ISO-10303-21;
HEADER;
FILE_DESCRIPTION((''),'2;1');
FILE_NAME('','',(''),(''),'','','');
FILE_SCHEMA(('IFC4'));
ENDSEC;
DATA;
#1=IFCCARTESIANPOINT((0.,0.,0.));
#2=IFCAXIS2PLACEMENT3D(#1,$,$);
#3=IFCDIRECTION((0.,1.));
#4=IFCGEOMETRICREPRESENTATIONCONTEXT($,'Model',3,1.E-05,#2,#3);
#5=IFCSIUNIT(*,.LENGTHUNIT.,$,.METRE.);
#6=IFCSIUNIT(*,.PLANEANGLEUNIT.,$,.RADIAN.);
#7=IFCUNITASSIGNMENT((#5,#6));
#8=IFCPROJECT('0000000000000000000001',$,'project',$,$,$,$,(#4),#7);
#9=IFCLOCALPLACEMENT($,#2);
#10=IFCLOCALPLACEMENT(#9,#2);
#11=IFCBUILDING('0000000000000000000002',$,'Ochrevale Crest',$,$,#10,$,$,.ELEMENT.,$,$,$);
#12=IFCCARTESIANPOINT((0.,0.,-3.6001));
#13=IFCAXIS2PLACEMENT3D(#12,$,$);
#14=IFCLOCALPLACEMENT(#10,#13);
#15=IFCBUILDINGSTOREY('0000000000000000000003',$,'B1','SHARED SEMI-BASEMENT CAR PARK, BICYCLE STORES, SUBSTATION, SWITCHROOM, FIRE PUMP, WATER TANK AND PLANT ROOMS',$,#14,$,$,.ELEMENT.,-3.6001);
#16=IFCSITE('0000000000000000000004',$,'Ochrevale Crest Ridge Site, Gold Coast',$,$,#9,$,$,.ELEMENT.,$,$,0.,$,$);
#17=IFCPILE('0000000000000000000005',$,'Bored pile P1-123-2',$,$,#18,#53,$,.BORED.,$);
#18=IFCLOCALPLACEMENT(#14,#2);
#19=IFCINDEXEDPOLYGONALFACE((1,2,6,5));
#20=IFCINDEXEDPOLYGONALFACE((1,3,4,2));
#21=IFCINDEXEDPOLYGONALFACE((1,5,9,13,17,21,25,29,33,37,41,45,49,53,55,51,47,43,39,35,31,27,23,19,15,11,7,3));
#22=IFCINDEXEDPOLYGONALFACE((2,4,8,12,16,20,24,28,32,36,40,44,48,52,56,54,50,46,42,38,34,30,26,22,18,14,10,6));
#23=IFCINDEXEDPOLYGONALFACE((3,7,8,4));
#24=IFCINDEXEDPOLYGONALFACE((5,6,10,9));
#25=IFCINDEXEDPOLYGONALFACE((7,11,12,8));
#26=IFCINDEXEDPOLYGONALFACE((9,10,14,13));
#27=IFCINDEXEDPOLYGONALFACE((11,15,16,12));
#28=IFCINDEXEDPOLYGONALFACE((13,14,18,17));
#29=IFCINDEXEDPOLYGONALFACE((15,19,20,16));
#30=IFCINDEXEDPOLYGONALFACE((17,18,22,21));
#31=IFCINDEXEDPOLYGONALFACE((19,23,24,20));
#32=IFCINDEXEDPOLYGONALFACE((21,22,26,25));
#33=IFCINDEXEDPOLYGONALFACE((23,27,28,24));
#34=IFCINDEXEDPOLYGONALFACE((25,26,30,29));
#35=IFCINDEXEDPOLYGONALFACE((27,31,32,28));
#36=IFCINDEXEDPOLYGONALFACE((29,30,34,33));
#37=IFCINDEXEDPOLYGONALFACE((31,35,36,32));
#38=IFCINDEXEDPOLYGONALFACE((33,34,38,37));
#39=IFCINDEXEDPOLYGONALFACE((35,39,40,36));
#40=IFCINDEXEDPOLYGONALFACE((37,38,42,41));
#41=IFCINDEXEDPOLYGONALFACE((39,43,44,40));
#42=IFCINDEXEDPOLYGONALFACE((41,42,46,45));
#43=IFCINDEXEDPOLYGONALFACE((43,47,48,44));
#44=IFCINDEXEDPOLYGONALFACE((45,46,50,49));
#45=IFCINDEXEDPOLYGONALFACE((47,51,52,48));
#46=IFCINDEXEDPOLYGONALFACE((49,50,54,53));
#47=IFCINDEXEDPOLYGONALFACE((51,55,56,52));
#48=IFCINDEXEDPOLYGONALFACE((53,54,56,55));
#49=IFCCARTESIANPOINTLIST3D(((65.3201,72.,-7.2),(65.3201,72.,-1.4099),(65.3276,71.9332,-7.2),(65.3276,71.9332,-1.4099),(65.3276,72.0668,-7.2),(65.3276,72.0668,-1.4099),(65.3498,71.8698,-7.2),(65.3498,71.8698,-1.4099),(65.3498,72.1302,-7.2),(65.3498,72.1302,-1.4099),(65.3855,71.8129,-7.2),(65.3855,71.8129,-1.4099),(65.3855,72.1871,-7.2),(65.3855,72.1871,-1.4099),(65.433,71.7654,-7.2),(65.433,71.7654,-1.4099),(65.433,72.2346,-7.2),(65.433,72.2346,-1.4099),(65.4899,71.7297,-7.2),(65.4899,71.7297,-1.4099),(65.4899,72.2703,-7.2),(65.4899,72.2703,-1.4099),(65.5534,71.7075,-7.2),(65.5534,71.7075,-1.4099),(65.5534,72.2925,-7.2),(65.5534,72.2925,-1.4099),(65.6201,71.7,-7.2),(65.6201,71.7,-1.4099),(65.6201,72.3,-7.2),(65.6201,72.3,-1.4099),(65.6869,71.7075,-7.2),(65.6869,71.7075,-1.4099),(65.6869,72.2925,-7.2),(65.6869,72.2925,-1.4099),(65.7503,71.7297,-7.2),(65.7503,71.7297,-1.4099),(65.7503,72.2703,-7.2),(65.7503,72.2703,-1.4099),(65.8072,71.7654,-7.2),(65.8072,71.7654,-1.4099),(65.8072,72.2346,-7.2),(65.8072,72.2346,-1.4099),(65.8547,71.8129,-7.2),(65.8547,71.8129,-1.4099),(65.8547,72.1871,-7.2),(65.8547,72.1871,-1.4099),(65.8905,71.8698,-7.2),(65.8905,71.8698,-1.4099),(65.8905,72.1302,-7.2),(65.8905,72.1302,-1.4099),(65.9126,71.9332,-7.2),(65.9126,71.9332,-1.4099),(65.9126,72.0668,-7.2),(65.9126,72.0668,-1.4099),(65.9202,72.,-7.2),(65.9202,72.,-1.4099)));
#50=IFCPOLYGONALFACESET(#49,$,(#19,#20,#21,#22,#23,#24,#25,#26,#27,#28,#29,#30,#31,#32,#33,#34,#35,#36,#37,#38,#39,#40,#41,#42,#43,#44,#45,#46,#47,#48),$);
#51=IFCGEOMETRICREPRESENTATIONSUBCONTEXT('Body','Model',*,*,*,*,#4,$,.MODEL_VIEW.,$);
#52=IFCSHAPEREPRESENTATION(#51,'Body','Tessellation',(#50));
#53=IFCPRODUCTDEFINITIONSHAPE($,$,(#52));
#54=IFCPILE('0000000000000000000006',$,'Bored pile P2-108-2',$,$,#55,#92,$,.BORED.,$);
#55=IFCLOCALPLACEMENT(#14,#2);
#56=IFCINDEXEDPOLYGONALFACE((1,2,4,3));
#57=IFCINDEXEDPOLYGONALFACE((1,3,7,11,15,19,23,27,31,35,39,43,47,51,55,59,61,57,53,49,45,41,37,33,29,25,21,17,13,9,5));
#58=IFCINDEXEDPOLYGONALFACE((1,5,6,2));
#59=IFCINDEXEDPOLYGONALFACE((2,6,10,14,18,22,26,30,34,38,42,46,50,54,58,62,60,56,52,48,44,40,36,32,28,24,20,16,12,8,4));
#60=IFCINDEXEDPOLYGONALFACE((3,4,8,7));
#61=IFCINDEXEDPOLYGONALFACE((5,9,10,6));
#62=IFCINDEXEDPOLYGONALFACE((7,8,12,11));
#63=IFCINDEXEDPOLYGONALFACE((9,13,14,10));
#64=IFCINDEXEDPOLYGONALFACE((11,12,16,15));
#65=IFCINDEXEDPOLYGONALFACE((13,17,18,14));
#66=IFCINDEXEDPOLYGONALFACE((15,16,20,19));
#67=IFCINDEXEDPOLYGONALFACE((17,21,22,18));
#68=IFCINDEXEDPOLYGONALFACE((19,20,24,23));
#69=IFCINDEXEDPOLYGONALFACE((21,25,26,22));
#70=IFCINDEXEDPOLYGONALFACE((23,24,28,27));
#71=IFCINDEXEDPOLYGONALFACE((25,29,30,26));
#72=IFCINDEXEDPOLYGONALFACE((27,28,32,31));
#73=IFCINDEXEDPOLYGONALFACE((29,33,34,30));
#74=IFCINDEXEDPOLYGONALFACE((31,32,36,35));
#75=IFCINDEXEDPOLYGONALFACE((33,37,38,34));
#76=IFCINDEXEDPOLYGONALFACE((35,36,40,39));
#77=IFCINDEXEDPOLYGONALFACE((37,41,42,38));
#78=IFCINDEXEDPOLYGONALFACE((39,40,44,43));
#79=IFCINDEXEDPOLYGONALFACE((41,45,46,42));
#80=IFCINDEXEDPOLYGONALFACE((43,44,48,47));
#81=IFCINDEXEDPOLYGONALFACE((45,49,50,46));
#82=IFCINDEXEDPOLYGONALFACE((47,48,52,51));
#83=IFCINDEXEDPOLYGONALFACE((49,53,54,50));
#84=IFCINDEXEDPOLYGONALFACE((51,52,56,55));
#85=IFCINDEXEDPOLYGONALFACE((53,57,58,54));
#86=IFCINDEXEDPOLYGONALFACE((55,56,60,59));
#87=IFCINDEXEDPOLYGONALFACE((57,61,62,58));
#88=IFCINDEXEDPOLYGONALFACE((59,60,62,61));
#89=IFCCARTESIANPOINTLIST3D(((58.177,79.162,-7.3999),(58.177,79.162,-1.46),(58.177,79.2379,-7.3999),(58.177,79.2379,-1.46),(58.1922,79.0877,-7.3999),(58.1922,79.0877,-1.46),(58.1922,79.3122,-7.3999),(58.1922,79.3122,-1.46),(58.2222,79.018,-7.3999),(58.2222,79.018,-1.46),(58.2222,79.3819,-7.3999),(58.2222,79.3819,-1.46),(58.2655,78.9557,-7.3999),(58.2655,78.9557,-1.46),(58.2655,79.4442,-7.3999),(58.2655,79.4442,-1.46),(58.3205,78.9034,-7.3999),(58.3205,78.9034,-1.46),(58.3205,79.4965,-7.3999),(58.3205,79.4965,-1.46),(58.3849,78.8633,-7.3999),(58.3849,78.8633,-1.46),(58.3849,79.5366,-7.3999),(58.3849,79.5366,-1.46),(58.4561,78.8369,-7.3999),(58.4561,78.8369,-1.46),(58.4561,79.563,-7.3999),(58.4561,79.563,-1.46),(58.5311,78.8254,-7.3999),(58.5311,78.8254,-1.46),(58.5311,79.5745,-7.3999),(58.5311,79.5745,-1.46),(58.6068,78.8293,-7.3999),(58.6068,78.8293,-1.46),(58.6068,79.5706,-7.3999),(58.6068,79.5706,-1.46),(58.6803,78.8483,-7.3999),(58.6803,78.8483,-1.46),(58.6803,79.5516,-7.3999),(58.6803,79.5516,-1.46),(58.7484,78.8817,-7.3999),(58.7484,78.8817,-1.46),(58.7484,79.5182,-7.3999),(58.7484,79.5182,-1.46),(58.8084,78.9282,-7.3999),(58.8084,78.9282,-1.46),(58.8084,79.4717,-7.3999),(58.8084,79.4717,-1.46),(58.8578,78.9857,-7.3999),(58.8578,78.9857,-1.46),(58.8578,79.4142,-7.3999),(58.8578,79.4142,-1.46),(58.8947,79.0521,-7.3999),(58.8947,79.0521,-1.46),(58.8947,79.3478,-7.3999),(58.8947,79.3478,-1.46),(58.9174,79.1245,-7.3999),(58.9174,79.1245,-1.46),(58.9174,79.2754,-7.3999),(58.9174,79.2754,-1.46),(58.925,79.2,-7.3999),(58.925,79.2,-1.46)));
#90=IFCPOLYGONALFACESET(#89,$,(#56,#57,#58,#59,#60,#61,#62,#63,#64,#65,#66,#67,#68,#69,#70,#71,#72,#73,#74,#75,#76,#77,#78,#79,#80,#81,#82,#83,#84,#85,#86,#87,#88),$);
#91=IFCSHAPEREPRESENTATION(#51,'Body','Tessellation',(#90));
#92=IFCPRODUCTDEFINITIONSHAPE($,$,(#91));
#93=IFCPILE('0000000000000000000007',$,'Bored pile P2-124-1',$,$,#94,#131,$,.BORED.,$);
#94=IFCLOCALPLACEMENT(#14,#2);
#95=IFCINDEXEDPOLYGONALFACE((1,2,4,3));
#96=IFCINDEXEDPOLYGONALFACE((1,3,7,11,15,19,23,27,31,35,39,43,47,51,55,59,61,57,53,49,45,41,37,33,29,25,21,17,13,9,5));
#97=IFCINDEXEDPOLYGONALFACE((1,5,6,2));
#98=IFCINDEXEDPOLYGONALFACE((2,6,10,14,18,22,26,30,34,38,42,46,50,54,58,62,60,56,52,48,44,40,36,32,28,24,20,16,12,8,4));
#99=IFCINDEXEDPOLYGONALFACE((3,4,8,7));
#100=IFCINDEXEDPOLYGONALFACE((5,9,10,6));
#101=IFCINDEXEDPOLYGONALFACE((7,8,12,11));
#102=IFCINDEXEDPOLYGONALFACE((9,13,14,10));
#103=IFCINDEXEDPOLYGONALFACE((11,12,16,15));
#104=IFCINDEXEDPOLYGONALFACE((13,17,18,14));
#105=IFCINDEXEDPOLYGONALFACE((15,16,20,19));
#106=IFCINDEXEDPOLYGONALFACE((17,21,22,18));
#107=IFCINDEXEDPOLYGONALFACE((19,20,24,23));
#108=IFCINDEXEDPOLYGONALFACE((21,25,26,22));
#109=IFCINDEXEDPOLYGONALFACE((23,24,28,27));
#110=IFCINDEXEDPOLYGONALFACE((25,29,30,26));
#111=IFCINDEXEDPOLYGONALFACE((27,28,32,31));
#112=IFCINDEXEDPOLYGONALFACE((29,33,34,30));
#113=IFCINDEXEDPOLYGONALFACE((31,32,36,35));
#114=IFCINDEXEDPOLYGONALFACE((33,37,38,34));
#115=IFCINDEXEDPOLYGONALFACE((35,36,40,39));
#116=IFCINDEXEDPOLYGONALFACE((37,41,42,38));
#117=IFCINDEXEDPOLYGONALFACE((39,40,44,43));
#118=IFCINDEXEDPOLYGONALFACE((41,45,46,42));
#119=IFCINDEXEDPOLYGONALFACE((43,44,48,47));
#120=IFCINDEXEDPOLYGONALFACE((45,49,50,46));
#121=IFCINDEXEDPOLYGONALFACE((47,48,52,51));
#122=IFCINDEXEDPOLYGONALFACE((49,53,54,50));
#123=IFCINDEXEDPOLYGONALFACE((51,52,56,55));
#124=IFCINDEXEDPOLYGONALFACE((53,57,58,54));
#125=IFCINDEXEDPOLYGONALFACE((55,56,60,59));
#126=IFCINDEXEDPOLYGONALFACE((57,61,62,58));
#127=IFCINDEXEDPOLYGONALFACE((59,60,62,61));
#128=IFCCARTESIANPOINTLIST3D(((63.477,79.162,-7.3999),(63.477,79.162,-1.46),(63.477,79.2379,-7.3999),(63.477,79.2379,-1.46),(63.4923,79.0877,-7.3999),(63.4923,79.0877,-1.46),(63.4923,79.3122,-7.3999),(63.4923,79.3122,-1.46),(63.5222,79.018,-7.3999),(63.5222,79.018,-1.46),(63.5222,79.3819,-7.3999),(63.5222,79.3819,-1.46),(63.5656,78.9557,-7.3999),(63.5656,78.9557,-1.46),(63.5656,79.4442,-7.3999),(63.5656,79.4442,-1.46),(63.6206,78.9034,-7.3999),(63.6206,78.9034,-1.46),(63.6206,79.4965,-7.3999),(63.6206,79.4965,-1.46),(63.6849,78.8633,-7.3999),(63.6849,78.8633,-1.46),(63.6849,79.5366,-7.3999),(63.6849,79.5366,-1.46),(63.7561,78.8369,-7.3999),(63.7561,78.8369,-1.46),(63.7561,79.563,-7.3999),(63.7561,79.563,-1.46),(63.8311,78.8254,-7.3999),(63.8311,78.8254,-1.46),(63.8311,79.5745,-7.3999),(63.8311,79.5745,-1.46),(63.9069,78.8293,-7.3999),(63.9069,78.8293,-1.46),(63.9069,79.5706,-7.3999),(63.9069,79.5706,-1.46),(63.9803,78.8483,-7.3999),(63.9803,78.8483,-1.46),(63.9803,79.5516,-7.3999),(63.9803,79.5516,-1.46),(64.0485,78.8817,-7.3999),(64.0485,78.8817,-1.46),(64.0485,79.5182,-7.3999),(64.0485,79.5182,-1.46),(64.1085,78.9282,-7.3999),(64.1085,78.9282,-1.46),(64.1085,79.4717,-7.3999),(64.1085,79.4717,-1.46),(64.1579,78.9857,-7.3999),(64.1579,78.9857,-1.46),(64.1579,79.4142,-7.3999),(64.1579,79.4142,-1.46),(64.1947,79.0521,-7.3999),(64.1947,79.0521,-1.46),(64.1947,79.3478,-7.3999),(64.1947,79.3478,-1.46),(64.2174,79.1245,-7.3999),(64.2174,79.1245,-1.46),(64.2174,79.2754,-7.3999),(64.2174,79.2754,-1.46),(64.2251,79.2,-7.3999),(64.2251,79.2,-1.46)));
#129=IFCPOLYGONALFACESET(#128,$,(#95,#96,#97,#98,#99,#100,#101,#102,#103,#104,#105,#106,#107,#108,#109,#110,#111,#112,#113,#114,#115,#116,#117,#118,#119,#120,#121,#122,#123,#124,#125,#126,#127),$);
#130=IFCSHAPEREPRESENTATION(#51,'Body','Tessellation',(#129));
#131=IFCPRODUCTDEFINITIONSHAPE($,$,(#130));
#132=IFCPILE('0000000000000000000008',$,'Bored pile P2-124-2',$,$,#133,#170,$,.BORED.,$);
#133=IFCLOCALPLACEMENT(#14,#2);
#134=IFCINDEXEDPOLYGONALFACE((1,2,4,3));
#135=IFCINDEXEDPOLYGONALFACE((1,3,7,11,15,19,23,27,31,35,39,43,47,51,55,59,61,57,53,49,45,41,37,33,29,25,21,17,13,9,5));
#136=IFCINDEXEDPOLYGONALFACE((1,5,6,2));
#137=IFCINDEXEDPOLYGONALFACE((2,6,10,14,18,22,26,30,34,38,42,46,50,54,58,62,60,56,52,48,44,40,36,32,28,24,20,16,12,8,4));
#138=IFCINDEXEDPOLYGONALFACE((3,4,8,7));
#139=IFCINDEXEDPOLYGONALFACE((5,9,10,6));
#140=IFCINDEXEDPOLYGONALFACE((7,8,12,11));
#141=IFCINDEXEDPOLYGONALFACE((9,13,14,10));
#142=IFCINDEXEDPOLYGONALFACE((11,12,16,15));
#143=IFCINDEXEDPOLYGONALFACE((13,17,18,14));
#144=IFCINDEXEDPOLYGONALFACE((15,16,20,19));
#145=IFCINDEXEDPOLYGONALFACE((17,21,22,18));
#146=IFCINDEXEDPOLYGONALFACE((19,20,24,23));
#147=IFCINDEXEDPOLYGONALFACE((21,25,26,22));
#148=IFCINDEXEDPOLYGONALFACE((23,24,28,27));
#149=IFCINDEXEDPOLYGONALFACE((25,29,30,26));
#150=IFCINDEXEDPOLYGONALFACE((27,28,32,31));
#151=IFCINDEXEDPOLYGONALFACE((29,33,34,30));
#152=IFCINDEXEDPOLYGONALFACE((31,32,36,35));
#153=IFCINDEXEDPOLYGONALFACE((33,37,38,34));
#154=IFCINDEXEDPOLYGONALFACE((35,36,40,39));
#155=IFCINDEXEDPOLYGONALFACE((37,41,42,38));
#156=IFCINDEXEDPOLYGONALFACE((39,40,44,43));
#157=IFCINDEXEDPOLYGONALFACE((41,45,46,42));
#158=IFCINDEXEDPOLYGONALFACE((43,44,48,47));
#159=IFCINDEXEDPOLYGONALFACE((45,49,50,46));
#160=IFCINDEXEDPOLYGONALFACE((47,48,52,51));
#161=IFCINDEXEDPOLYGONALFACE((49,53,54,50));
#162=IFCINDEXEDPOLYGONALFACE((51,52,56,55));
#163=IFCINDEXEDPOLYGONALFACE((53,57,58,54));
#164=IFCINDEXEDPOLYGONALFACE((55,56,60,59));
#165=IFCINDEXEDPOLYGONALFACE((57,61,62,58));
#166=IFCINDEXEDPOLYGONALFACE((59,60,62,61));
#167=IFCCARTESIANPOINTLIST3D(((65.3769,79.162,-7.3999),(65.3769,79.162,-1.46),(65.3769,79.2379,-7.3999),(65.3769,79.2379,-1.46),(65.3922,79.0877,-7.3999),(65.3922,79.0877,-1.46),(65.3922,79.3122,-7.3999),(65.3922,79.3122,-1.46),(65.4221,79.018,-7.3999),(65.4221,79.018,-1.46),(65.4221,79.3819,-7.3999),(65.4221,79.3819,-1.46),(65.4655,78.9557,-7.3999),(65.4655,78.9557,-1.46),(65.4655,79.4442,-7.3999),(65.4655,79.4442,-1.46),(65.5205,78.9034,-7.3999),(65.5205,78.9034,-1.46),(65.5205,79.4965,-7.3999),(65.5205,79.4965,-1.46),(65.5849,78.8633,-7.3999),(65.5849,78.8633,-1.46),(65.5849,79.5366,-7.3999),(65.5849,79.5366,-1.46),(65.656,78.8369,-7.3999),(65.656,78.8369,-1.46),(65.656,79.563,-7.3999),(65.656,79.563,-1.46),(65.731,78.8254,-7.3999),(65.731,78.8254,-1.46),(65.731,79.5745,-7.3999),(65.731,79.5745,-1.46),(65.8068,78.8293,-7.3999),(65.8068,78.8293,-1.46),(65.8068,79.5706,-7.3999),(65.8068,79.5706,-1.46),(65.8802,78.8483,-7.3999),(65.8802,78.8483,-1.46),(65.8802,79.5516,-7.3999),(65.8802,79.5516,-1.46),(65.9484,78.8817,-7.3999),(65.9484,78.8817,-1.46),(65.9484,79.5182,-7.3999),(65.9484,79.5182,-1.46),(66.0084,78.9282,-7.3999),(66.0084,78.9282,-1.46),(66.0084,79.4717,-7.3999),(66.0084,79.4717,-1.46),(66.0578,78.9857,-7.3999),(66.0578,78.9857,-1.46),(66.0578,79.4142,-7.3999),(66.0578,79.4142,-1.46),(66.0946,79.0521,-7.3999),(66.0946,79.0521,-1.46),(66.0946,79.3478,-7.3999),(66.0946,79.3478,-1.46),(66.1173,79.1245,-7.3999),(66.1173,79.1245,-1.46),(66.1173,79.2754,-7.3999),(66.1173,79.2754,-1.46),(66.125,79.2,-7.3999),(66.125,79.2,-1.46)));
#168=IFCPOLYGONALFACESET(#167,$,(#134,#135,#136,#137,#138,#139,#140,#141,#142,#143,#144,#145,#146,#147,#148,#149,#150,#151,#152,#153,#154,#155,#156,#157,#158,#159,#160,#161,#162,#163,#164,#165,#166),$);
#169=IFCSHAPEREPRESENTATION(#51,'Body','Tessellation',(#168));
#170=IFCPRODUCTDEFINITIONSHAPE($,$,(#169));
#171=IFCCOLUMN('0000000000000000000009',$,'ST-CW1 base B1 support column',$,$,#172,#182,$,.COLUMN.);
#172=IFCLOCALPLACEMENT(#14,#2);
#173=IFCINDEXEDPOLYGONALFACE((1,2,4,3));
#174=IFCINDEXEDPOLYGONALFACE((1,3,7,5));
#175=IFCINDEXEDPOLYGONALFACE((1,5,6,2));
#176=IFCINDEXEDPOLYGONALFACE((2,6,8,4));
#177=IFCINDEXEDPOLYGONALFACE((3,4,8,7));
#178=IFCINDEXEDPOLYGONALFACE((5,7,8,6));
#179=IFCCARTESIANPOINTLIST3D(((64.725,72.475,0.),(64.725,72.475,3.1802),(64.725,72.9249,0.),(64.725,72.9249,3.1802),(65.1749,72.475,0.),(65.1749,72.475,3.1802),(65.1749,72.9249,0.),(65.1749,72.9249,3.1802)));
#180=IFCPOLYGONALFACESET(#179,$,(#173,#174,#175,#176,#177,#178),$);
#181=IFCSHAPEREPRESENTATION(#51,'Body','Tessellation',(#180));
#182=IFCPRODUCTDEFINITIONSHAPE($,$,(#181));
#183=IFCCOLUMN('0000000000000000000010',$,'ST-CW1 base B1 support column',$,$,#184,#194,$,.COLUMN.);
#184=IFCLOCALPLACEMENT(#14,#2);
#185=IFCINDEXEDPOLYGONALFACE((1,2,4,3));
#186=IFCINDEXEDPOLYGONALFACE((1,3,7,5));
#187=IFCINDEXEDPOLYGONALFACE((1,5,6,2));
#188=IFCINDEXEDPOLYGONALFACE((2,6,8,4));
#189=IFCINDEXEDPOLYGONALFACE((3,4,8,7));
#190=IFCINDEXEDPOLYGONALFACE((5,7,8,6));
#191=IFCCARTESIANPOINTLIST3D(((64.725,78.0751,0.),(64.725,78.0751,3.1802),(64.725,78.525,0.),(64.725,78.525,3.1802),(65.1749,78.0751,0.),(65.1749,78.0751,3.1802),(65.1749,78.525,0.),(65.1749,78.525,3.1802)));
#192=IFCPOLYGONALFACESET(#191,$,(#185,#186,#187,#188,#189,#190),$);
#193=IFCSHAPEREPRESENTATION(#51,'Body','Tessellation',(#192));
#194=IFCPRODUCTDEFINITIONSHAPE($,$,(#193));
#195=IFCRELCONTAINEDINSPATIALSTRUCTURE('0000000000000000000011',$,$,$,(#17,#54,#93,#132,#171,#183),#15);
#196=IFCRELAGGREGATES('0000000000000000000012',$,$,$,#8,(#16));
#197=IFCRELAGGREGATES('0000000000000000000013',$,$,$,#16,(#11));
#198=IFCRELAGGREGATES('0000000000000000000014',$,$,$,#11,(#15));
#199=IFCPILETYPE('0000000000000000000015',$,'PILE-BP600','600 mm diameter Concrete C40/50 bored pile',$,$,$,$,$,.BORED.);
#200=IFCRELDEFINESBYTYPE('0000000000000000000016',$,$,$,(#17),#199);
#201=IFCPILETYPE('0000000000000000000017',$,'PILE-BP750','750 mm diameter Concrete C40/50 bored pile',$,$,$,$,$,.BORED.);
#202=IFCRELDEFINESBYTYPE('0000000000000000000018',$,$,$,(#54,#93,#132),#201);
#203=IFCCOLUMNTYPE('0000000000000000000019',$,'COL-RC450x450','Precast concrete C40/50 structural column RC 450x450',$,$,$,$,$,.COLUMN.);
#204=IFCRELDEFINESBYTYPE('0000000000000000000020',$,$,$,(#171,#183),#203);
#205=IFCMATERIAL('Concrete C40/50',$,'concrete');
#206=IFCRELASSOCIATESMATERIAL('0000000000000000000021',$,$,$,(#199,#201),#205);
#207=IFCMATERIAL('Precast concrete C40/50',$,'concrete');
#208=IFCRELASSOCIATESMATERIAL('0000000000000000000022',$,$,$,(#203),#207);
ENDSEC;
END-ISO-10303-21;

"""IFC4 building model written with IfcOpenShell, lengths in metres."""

from ifc_helpers import new_model, si_unit, direction, frame, origin, origin_2d, place, context, subcontext, project, spatial, rectangle, circle, extrude, material, material_profile, profile_set, type_object, element, save


model = new_model("IFC4")

# Units and contexts
model_context = context("Model", 3, precision=1e-05, world=origin(), true_north=direction((0.0, 1.0)))
body_context = subcontext(model_context, "Body", "Model", "MODEL_VIEW")
ifc_project = project(units=[si_unit("LENGTHUNIT", "METRE"), si_unit("PLANEANGLEUNIT", "RADIAN")], contexts=[model_context])

# Site, building, storey
site_placement = place(None, origin())
site = spatial("IfcSite", under=ifc_project, at=site_placement, Name="Ochrevale Crest Ridge Site, Gold Coast", CompositionType="ELEMENT", RefElevation=0.0)
building_placement = place(site_placement, origin())
building = spatial("IfcBuilding", under=site, at=building_placement, Name="Ochrevale Crest", CompositionType="ELEMENT")
storey_placement = place(building_placement, frame((0.0, 0.0, -3.6001)))
storey = spatial("IfcBuildingStorey", under=building, at=storey_placement, Name="B1", Description="SHARED SEMI-BASEMENT CAR PARK, BICYCLE STORES, SUBSTATION, SWITCHROOM, FIRE PUMP, WATER TANK AND PLANT ROOMS", CompositionType="ELEMENT", Elevation=-3.6001)

# Shared definitions
ifc_material_1 = material(Name="Concrete C40/50", Category="concrete")

# Piles
ifc_material_profile_1 = material_profile(ifc_material_1, circle(Radius=0.3, at=origin_2d()), Name="BORED PILE 600")
ifc_profile_set_1 = profile_set([ifc_material_profile_1], Name="Concrete C40/50")
pile_type_1 = type_object("IfcPileType", Name="PILE-BP600", Description="600 mm diameter Concrete C40/50 bored pile", PredefinedType="BORED", material=ifc_profile_set_1)
for number, where, z_axis, x_axis, name in (
    (1, (65.6201, 72.0, -1.4099), (0.0, 0.0, -1.0), (1.0, 0.0, 0.0), "Bored pile P1-123-2"),
):
    element("IfcPile", number, at=place(storey_placement, frame(where, z_axis=z_axis, x_axis=x_axis)), inside=storey, type_object=pile_type_1, Name=name, PredefinedType="BORED", context=body_context, shape_type="SweptSolid", body=[
        extrude(circle(Radius=0.3, at=origin_2d()), origin(), (0.0, 0.0, 1.0), 5.79),
    ])
ifc_material_profile_2 = material_profile(ifc_material_1, circle(Radius=0.375, at=origin_2d()), Name="BORED PILE 750")
ifc_profile_set_2 = profile_set([ifc_material_profile_2], Name="Concrete C40/50")
pile_type_2 = type_object("IfcPileType", Name="PILE-BP750", Description="750 mm diameter Concrete C40/50 bored pile", PredefinedType="BORED", material=ifc_profile_set_2)
for number, where, z_axis, x_axis, name in (
    (2, (58.55, 79.2, -1.46), (0.0, 0.0, -1.0), (1.0, 0.0, 0.0), "Bored pile P2-108-2"),
    (3, (63.8501, 79.2, -1.46), (0.0, 0.0, -1.0), (1.0, 0.0, 0.0), "Bored pile P2-124-1"),
    (4, (65.75, 79.2, -1.46), (0.0, 0.0, -1.0), (1.0, 0.0, 0.0), "Bored pile P2-124-2"),
):
    element("IfcPile", number, at=place(storey_placement, frame(where, z_axis=z_axis, x_axis=x_axis)), inside=storey, type_object=pile_type_2, Name=name, PredefinedType="BORED", context=body_context, shape_type="SweptSolid", body=[
        extrude(circle(Radius=0.375, at=origin_2d()), origin(), (0.0, 0.0, 1.0), 5.9399),
    ])

# Columns
ifc_material_2 = material(Name="Precast concrete C40/50", Category="concrete")
ifc_material_profile_3 = material_profile(ifc_material_2, rectangle(XDim=0.45, YDim=0.45, at=origin_2d()), Name="RC 450x450")
ifc_profile_set_3 = profile_set([ifc_material_profile_3], Name="Precast concrete C40/50")
column_type_1 = type_object("IfcColumnType", Name="COL-RC450x450", Description="Precast concrete C40/50 structural column RC 450x450", PredefinedType="COLUMN", material=ifc_profile_set_3)
for number, where, z_axis, x_axis, name in (
    (5, (64.95, 72.7, 0.0), (0.0, 0.0, 1.0), (1.0, 0.0, 0.0), "ST-CW1 base B1 support column"),
    (6, (64.95, 78.3, 0.0), (0.0, 0.0, 1.0), (1.0, 0.0, 0.0), "ST-CW1 base B1 support column"),
):
    element("IfcColumn", number, at=place(storey_placement, frame(where, z_axis=z_axis, x_axis=x_axis)), inside=storey, type_object=column_type_1, Name=name, PredefinedType="COLUMN", context=body_context, shape_type="SweptSolid", body=[
        extrude(rectangle(XDim=0.45, YDim=0.45, at=origin_2d()), origin(), (0.0, 0.0, 1.0), 3.1802),
    ])

save(model, "model.ifc")
